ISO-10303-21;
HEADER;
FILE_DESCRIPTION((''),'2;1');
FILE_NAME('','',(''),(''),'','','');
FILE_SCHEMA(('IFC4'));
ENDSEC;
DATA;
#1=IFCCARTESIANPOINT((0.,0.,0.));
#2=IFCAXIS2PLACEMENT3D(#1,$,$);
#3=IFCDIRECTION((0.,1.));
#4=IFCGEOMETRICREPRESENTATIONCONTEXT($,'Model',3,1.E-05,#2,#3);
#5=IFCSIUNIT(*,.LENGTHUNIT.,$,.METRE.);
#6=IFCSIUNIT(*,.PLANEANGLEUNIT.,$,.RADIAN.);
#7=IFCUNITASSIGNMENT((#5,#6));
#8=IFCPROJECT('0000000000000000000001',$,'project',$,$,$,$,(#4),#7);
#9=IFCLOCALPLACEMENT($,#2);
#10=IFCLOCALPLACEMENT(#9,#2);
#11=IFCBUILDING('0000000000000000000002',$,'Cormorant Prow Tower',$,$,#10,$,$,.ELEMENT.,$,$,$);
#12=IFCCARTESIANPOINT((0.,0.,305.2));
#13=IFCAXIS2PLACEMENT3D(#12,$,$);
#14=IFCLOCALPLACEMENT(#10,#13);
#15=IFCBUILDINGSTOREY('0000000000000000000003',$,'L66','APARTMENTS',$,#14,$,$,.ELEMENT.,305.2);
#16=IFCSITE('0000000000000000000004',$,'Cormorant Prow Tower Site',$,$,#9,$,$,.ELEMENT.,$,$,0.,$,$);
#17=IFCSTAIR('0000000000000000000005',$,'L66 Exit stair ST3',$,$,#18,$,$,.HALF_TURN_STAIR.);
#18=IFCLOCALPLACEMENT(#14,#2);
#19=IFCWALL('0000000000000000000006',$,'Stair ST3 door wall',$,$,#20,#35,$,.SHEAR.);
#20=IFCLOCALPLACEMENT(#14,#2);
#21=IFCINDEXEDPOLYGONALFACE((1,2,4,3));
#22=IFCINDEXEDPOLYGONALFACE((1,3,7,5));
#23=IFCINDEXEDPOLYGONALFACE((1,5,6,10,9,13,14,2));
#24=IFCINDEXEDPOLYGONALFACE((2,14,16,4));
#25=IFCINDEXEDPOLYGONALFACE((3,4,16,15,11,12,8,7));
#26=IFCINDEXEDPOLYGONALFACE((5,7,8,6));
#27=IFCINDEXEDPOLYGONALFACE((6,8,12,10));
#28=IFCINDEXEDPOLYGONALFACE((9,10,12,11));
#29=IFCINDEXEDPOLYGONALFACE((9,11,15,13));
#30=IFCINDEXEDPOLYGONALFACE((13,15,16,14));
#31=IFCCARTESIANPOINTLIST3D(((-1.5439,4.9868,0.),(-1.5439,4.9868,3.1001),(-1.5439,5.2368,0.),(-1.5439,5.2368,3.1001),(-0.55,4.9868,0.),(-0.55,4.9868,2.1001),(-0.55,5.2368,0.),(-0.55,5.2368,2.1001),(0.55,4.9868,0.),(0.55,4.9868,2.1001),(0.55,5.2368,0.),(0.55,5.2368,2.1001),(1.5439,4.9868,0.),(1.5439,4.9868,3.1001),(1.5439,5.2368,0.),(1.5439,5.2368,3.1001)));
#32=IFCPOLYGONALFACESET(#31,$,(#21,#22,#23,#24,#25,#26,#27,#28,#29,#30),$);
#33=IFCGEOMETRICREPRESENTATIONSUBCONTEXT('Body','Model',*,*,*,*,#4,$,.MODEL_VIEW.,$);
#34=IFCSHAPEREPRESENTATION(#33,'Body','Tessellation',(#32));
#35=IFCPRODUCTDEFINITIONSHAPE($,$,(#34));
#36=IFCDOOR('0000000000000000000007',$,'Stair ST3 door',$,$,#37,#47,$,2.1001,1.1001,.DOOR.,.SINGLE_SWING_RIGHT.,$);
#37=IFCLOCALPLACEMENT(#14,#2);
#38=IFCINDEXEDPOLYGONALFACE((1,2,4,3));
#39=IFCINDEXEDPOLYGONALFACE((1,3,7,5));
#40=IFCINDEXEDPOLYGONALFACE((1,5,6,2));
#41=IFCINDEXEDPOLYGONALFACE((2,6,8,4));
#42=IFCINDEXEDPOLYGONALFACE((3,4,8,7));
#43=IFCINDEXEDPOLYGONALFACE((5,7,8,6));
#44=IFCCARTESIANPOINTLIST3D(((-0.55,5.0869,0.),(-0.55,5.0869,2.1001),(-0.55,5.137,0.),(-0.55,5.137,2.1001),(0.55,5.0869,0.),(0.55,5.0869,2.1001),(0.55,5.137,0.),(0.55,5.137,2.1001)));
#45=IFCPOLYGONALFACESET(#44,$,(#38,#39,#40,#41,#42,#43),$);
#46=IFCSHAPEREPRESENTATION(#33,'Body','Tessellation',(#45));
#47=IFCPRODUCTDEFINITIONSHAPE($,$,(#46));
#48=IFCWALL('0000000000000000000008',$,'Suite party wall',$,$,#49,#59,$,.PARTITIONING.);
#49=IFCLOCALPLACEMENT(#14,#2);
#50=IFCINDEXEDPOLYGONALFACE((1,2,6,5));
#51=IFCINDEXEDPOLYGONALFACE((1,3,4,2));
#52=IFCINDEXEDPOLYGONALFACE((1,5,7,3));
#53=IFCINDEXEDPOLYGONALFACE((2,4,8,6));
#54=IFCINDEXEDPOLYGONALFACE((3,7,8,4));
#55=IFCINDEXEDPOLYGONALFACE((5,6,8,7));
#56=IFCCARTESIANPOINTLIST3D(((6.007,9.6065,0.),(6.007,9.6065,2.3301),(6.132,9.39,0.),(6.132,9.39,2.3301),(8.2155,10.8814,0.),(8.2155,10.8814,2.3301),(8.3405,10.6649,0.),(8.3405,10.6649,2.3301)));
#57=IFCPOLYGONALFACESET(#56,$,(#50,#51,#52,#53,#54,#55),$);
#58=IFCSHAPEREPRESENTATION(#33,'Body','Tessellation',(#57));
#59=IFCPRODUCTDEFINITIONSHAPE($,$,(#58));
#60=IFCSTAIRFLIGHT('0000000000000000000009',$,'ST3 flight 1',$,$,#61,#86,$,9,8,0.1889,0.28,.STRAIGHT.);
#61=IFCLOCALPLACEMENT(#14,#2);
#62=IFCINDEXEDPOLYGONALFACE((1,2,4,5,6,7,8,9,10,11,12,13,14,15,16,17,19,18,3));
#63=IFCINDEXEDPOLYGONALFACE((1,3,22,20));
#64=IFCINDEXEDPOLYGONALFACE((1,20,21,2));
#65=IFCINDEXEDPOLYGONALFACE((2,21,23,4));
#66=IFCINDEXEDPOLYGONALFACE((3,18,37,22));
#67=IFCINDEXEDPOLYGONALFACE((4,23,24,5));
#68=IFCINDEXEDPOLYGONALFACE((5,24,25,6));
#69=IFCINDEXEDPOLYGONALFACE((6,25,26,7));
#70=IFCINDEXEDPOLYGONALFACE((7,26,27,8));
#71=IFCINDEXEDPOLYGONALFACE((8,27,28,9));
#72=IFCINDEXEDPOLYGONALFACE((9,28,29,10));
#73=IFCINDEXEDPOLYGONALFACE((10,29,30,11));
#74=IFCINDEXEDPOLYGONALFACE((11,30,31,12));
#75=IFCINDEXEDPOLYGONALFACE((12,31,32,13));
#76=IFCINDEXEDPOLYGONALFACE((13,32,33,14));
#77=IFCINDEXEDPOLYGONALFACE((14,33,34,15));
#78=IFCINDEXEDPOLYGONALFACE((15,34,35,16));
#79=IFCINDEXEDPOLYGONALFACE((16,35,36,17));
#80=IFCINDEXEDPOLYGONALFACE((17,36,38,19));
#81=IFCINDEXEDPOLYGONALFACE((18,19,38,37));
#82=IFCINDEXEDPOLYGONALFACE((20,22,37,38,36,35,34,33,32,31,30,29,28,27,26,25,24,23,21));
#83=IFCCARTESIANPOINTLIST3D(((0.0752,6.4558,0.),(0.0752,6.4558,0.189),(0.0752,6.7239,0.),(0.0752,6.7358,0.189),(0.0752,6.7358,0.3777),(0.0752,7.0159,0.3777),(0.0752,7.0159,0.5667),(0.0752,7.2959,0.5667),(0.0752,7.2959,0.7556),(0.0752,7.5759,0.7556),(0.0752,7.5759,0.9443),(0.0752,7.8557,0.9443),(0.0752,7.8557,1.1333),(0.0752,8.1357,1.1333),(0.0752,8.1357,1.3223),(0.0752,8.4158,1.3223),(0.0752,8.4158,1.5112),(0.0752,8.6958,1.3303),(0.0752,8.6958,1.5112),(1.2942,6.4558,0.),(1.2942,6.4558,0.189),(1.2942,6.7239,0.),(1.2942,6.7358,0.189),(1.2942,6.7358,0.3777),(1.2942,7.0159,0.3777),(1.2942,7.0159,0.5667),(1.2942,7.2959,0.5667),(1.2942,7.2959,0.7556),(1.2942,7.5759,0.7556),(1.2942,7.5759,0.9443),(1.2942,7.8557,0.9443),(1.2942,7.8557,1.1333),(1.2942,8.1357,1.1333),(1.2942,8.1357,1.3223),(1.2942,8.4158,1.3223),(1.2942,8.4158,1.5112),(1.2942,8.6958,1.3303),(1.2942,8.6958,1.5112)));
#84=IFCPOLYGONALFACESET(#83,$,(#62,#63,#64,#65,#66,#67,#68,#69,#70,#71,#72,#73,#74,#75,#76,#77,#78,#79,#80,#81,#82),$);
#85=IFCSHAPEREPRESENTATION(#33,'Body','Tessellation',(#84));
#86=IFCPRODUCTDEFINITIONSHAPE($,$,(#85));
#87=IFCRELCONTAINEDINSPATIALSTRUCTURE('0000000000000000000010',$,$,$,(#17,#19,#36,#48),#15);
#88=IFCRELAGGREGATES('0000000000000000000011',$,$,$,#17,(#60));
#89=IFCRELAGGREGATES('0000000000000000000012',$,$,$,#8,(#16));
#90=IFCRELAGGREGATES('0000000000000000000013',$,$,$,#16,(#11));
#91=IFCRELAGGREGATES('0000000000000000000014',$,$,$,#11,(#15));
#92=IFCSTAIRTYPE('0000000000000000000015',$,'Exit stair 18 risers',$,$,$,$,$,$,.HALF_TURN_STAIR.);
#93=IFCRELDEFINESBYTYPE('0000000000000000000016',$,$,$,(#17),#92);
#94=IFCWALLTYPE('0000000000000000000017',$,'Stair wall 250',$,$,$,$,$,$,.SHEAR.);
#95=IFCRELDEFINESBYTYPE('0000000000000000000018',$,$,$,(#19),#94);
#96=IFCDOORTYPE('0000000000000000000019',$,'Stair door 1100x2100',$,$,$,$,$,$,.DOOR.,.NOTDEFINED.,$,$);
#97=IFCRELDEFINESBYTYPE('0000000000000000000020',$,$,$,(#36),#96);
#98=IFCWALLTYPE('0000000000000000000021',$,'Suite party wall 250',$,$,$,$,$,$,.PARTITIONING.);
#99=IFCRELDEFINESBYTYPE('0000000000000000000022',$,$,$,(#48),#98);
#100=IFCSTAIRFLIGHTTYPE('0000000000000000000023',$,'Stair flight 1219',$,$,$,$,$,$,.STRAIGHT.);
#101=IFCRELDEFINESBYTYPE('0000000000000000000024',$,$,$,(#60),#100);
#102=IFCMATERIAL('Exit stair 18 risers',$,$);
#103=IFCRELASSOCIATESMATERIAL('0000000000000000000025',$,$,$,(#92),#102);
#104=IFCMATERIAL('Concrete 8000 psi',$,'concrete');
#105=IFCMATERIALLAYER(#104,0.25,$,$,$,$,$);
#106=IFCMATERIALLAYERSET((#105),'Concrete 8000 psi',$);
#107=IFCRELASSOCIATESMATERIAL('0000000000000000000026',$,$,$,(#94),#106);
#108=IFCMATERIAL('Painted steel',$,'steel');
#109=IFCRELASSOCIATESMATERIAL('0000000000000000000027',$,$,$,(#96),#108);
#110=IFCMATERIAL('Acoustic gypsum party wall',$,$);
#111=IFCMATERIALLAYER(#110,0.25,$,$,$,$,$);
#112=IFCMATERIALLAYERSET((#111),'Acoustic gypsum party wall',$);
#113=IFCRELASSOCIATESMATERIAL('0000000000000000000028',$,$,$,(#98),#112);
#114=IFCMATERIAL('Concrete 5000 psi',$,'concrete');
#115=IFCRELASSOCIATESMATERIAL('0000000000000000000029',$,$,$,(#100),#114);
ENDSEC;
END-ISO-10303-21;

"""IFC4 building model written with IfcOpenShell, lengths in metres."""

from ifc_helpers import new_model, si_unit, direction, frame, frame_2d, origin, place, context, subcontext, project, spatial, polyline, rectangle, outline, extrude, material, layer, layer_set, type_object, element, fill, aggregate, save


model = new_model("IFC4")

# Units and contexts
model_context = context("Model", 3, precision=1e-05, world=origin(), true_north=direction((0.0, 1.0)))
body_context = subcontext(model_context, "Body", "Model", "MODEL_VIEW")
ifc_project = project(units=[si_unit("LENGTHUNIT", "METRE"), si_unit("PLANEANGLEUNIT", "RADIAN")], contexts=[model_context])

# Site, building, storey
site_placement = place(None, origin())
site = spatial("IfcSite", under=ifc_project, at=site_placement, Name="Cormorant Prow Tower Site", CompositionType="ELEMENT", RefElevation=0.0)
building_placement = place(site_placement, origin())
building = spatial("IfcBuilding", under=site, at=building_placement, Name="Cormorant Prow Tower", CompositionType="ELEMENT")
storey_placement = place(building_placement, frame((0.0, 0.0, 305.2)))
storey = spatial("IfcBuildingStorey", under=building, at=storey_placement, Name="L66", Description="APARTMENTS", CompositionType="ELEMENT", Elevation=305.2)

# Stair
ifc_material_1 = material(Name="Exit stair 18 risers")
stair_type = type_object("IfcStairType", Name="Exit stair 18 risers", PredefinedType="HALF_TURN_STAIR", material=ifc_material_1)
stair_1_placement = place(storey_placement, origin())
stair_1 = element("IfcStair", 1, at=stair_1_placement, inside=storey, type_object=stair_type, Name="L66 Exit stair ST3", PredefinedType="HALF_TURN_STAIR")

# Wall, opening, door
ifc_material_2 = material(Name="Concrete 8000 psi", Category="concrete")
ifc_layer_1 = layer(ifc_material_2, 0.25)
ifc_layer_set_1 = layer_set([ifc_layer_1], Name="Concrete 8000 psi")
wall_type_1 = type_object("IfcWallType", Name="Stair wall 250", PredefinedType="SHEAR", material=ifc_layer_set_1)
wall_1_placement = place(storey_placement, frame((1.5439, 5.1118, 0.0), z_axis=(0.0, 0.0, 1.0), x_axis=(-1.0, 0.0, 0.0)))
wall_1 = element("IfcWall", 2, at=wall_1_placement, inside=storey, type_object=wall_type_1, Name="Stair ST3 door wall", PredefinedType="SHEAR", context=body_context, shape_type="SweptSolid", body=[
    extrude(rectangle(XDim=3.0879, YDim=0.25, at=frame_2d((1.5439, 0.0))), origin(), (0.0, 0.0, 1.0), 3.1001),
])
opening_1_placement = place(wall_1_placement, frame((0.9939, 0.0, 0.0)))
opening_1 = element("IfcOpeningElement", 3, at=opening_1_placement, cuts=wall_1, PredefinedType="OPENING", context=body_context, shape_type="SweptSolid", body=[
    extrude(rectangle(XDim=1.1001, YDim=2.1001, at=frame_2d((0.55, 1.05))), frame((0.0, 0.135, 0.0), z_axis=(0.0, -1.0, 0.0), x_axis=(1.0, 0.0, 0.0)), (0.0, 0.0, 1.0), 0.27),
])
ifc_material_3 = material(Name="Painted steel", Category="steel")
door_type_1 = type_object("IfcDoorType", Name="Stair door 1100x2100", OperationType="NOTDEFINED", PredefinedType="DOOR", material=ifc_material_3)
door_1_placement = place(opening_1_placement, origin())
door_1 = element("IfcDoor", 4, at=door_1_placement, inside=storey, type_object=door_type_1, Name="Stair ST3 door", OperationType="SINGLE_SWING_RIGHT", OverallHeight=2.1001, OverallWidth=1.1001, PredefinedType="DOOR", context=body_context, shape_type="SweptSolid", body=[
    extrude(rectangle(XDim=1.1001, YDim=2.1001, at=frame_2d((0.55, 1.05))), frame((0.0, 0.0249, 0.0), z_axis=(0.0, -1.0, 0.0), x_axis=(1.0, 0.0, 0.0)), (0.0, 0.0, 1.0), 0.05),
])
fill(opening_1, door_1)

# Wall
ifc_material_4 = material(Name="Acoustic gypsum party wall")
ifc_layer_2 = layer(ifc_material_4, 0.25)
ifc_layer_set_2 = layer_set([ifc_layer_2], Name="Acoustic gypsum party wall")
wall_type_2 = type_object("IfcWallType", Name="Suite party wall 250", PredefinedType="PARTITIONING", material=ifc_layer_set_2)
wall_2_placement = place(storey_placement, frame((6.0696, 9.4983, 0.0), z_axis=(0.0, 0.0, 1.0), x_axis=(0.866055, 0.499949, 0.0)))
element("IfcWall", 5, at=wall_2_placement, inside=storey, type_object=wall_type_2, Name="Suite party wall", PredefinedType="PARTITIONING", context=body_context, shape_type="SweptSolid", body=[
    extrude(rectangle(XDim=2.55, YDim=0.25, at=frame_2d((1.2749, 0.0))), origin(), (0.0, 0.0, 1.0), 2.3301),
])

# Stair flight
ifc_material_5 = material(Name="Concrete 5000 psi", Category="concrete")
stair_flight_type = type_object("IfcStairFlightType", Name="Stair flight 1219", PredefinedType="STRAIGHT", material=ifc_material_5)
stair_flight_placement = place(storey_placement, frame((0.6846, 6.4558, 0.0), z_axis=(0.0, 0.0, 1.0), x_axis=(0.0, 1.0, 0.0)))
stair_flight = element("IfcStairFlight", 6, at=stair_flight_placement, type_object=stair_flight_type, Name="ST3 flight 1", NumberOfRisers=9, NumberOfTreads=8, PredefinedType="STRAIGHT", RiserHeight=0.1889, TreadLength=0.28, context=body_context, shape_type="SweptSolid", body=[
    extrude(outline(polyline([(0.0, 0.0), (0.0, 0.189), (0.28, 0.189), (0.28, 0.3777), (0.5601, 0.3777), (0.5601, 0.5667), (0.8401, 0.5667), (0.8401, 0.7556), (1.1201, 0.7556), (1.1201, 0.9443), (1.3999, 0.9443), (1.3999, 1.1333), (1.6799, 1.1333), (1.6799, 1.3223), (1.96, 1.3223), (1.96, 1.5112), (2.24, 1.5112), (2.24, 1.7), (2.24, 1.3303), (0.2681, 0.0), (0.0, 0.0)])), frame((0.0, 0.6094, 0.0), z_axis=(0.0, -1.0, 0.0), x_axis=(1.0, 0.0, 0.0)), (0.0, 0.0, 1.0), 1.219),
])
aggregate(stair_1, [stair_flight])

save(model, "model.ifc")
